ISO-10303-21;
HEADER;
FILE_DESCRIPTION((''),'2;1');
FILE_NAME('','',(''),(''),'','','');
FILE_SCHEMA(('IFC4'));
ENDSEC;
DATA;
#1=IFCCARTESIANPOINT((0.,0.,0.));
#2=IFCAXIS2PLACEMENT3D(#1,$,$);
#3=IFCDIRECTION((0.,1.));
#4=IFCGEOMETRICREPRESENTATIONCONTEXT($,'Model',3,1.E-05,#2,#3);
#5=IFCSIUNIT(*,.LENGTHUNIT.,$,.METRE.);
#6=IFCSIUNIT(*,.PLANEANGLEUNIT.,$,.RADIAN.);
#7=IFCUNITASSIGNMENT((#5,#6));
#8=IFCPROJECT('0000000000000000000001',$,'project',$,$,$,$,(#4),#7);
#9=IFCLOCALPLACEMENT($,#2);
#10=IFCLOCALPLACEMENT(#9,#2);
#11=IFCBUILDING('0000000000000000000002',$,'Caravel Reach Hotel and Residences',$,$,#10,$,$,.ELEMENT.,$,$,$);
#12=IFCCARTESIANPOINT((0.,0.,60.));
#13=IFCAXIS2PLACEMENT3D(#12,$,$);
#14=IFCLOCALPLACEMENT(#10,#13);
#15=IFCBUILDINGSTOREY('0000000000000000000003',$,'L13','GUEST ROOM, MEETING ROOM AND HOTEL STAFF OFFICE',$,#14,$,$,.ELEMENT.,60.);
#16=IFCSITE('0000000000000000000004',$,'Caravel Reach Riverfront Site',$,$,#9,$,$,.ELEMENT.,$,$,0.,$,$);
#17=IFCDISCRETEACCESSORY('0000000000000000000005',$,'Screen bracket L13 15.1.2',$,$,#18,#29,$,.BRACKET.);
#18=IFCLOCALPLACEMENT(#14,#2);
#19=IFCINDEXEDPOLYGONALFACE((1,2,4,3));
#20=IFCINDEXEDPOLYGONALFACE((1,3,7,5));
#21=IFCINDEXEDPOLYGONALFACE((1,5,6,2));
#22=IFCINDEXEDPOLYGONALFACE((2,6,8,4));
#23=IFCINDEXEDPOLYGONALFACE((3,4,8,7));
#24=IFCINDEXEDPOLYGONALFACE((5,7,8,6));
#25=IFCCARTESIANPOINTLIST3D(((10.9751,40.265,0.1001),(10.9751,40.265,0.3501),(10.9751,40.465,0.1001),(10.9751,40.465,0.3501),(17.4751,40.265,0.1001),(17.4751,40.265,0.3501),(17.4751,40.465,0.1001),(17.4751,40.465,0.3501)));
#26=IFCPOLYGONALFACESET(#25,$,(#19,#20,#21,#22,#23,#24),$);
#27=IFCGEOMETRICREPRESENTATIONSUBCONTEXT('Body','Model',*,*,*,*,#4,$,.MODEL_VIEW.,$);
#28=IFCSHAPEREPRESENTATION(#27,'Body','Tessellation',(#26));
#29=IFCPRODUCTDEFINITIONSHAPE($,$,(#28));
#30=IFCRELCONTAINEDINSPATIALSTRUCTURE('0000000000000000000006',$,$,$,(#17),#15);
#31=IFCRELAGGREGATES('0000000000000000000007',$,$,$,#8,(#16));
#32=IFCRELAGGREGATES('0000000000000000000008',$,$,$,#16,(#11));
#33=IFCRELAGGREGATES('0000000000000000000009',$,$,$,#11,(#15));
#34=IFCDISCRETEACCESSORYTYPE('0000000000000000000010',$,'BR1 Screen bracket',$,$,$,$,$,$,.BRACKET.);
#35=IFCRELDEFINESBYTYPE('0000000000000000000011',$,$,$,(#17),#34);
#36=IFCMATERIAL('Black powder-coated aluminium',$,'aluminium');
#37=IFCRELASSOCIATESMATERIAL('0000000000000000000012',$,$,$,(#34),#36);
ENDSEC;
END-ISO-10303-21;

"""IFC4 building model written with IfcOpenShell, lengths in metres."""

from ifc_helpers import new_model, si_unit, direction, frame, origin, origin_2d, place, context, subcontext, project, spatial, rectangle, extrude, material, type_object, element, save


model = new_model("IFC4")

# Units and contexts
model_context = context("Model", 3, precision=1e-05, world=origin(), true_north=direction((0.0, 1.0)))
body_context = subcontext(model_context, "Body", "Model", "MODEL_VIEW")
ifc_project = project(units=[si_unit("LENGTHUNIT", "METRE"), si_unit("PLANEANGLEUNIT", "RADIAN")], contexts=[model_context])

# Site, building, storey
site_placement = place(None, origin())
site = spatial("IfcSite", under=ifc_project, at=site_placement, Name="Caravel Reach Riverfront Site", CompositionType="ELEMENT", RefElevation=0.0)
building_placement = place(site_placement, origin())
building = spatial("IfcBuilding", under=site, at=building_placement, Name="Caravel Reach Hotel and Residences", CompositionType="ELEMENT")
storey_placement = place(building_placement, frame((0.0, 0.0, 60.0)))
storey = spatial("IfcBuildingStorey", under=building, at=storey_placement, Name="L13", Description="GUEST ROOM, MEETING ROOM AND HOTEL STAFF OFFICE", CompositionType="ELEMENT", Elevation=60.0)

# Discrete accessory
ifc_material_1 = material(Name="Black powder-coated aluminium", Category="aluminium")
discrete_accessory_type = type_object("IfcDiscreteAccessoryType", Name="BR1 Screen bracket", PredefinedType="BRACKET", material=ifc_material_1)
for number, where, z_axis, x_axis, name in (
    (1, (14.2251, 40.365, 0.1001), (0.0, 0.0, 1.0), (-1.0, 0.0, 0.0), "Screen bracket L13 15.1.2"),
):
    element("IfcDiscreteAccessory", number, at=place(storey_placement, frame(where, z_axis=z_axis, x_axis=x_axis)), inside=storey, type_object=discrete_accessory_type, Name=name, PredefinedType="BRACKET", context=body_context, shape_type="SweptSolid", body=[
        extrude(rectangle(XDim=6.5, YDim=0.2, at=origin_2d()), origin(), (0.0, 0.0, 1.0), 0.25),
    ])

save(model, "model.ifc")
